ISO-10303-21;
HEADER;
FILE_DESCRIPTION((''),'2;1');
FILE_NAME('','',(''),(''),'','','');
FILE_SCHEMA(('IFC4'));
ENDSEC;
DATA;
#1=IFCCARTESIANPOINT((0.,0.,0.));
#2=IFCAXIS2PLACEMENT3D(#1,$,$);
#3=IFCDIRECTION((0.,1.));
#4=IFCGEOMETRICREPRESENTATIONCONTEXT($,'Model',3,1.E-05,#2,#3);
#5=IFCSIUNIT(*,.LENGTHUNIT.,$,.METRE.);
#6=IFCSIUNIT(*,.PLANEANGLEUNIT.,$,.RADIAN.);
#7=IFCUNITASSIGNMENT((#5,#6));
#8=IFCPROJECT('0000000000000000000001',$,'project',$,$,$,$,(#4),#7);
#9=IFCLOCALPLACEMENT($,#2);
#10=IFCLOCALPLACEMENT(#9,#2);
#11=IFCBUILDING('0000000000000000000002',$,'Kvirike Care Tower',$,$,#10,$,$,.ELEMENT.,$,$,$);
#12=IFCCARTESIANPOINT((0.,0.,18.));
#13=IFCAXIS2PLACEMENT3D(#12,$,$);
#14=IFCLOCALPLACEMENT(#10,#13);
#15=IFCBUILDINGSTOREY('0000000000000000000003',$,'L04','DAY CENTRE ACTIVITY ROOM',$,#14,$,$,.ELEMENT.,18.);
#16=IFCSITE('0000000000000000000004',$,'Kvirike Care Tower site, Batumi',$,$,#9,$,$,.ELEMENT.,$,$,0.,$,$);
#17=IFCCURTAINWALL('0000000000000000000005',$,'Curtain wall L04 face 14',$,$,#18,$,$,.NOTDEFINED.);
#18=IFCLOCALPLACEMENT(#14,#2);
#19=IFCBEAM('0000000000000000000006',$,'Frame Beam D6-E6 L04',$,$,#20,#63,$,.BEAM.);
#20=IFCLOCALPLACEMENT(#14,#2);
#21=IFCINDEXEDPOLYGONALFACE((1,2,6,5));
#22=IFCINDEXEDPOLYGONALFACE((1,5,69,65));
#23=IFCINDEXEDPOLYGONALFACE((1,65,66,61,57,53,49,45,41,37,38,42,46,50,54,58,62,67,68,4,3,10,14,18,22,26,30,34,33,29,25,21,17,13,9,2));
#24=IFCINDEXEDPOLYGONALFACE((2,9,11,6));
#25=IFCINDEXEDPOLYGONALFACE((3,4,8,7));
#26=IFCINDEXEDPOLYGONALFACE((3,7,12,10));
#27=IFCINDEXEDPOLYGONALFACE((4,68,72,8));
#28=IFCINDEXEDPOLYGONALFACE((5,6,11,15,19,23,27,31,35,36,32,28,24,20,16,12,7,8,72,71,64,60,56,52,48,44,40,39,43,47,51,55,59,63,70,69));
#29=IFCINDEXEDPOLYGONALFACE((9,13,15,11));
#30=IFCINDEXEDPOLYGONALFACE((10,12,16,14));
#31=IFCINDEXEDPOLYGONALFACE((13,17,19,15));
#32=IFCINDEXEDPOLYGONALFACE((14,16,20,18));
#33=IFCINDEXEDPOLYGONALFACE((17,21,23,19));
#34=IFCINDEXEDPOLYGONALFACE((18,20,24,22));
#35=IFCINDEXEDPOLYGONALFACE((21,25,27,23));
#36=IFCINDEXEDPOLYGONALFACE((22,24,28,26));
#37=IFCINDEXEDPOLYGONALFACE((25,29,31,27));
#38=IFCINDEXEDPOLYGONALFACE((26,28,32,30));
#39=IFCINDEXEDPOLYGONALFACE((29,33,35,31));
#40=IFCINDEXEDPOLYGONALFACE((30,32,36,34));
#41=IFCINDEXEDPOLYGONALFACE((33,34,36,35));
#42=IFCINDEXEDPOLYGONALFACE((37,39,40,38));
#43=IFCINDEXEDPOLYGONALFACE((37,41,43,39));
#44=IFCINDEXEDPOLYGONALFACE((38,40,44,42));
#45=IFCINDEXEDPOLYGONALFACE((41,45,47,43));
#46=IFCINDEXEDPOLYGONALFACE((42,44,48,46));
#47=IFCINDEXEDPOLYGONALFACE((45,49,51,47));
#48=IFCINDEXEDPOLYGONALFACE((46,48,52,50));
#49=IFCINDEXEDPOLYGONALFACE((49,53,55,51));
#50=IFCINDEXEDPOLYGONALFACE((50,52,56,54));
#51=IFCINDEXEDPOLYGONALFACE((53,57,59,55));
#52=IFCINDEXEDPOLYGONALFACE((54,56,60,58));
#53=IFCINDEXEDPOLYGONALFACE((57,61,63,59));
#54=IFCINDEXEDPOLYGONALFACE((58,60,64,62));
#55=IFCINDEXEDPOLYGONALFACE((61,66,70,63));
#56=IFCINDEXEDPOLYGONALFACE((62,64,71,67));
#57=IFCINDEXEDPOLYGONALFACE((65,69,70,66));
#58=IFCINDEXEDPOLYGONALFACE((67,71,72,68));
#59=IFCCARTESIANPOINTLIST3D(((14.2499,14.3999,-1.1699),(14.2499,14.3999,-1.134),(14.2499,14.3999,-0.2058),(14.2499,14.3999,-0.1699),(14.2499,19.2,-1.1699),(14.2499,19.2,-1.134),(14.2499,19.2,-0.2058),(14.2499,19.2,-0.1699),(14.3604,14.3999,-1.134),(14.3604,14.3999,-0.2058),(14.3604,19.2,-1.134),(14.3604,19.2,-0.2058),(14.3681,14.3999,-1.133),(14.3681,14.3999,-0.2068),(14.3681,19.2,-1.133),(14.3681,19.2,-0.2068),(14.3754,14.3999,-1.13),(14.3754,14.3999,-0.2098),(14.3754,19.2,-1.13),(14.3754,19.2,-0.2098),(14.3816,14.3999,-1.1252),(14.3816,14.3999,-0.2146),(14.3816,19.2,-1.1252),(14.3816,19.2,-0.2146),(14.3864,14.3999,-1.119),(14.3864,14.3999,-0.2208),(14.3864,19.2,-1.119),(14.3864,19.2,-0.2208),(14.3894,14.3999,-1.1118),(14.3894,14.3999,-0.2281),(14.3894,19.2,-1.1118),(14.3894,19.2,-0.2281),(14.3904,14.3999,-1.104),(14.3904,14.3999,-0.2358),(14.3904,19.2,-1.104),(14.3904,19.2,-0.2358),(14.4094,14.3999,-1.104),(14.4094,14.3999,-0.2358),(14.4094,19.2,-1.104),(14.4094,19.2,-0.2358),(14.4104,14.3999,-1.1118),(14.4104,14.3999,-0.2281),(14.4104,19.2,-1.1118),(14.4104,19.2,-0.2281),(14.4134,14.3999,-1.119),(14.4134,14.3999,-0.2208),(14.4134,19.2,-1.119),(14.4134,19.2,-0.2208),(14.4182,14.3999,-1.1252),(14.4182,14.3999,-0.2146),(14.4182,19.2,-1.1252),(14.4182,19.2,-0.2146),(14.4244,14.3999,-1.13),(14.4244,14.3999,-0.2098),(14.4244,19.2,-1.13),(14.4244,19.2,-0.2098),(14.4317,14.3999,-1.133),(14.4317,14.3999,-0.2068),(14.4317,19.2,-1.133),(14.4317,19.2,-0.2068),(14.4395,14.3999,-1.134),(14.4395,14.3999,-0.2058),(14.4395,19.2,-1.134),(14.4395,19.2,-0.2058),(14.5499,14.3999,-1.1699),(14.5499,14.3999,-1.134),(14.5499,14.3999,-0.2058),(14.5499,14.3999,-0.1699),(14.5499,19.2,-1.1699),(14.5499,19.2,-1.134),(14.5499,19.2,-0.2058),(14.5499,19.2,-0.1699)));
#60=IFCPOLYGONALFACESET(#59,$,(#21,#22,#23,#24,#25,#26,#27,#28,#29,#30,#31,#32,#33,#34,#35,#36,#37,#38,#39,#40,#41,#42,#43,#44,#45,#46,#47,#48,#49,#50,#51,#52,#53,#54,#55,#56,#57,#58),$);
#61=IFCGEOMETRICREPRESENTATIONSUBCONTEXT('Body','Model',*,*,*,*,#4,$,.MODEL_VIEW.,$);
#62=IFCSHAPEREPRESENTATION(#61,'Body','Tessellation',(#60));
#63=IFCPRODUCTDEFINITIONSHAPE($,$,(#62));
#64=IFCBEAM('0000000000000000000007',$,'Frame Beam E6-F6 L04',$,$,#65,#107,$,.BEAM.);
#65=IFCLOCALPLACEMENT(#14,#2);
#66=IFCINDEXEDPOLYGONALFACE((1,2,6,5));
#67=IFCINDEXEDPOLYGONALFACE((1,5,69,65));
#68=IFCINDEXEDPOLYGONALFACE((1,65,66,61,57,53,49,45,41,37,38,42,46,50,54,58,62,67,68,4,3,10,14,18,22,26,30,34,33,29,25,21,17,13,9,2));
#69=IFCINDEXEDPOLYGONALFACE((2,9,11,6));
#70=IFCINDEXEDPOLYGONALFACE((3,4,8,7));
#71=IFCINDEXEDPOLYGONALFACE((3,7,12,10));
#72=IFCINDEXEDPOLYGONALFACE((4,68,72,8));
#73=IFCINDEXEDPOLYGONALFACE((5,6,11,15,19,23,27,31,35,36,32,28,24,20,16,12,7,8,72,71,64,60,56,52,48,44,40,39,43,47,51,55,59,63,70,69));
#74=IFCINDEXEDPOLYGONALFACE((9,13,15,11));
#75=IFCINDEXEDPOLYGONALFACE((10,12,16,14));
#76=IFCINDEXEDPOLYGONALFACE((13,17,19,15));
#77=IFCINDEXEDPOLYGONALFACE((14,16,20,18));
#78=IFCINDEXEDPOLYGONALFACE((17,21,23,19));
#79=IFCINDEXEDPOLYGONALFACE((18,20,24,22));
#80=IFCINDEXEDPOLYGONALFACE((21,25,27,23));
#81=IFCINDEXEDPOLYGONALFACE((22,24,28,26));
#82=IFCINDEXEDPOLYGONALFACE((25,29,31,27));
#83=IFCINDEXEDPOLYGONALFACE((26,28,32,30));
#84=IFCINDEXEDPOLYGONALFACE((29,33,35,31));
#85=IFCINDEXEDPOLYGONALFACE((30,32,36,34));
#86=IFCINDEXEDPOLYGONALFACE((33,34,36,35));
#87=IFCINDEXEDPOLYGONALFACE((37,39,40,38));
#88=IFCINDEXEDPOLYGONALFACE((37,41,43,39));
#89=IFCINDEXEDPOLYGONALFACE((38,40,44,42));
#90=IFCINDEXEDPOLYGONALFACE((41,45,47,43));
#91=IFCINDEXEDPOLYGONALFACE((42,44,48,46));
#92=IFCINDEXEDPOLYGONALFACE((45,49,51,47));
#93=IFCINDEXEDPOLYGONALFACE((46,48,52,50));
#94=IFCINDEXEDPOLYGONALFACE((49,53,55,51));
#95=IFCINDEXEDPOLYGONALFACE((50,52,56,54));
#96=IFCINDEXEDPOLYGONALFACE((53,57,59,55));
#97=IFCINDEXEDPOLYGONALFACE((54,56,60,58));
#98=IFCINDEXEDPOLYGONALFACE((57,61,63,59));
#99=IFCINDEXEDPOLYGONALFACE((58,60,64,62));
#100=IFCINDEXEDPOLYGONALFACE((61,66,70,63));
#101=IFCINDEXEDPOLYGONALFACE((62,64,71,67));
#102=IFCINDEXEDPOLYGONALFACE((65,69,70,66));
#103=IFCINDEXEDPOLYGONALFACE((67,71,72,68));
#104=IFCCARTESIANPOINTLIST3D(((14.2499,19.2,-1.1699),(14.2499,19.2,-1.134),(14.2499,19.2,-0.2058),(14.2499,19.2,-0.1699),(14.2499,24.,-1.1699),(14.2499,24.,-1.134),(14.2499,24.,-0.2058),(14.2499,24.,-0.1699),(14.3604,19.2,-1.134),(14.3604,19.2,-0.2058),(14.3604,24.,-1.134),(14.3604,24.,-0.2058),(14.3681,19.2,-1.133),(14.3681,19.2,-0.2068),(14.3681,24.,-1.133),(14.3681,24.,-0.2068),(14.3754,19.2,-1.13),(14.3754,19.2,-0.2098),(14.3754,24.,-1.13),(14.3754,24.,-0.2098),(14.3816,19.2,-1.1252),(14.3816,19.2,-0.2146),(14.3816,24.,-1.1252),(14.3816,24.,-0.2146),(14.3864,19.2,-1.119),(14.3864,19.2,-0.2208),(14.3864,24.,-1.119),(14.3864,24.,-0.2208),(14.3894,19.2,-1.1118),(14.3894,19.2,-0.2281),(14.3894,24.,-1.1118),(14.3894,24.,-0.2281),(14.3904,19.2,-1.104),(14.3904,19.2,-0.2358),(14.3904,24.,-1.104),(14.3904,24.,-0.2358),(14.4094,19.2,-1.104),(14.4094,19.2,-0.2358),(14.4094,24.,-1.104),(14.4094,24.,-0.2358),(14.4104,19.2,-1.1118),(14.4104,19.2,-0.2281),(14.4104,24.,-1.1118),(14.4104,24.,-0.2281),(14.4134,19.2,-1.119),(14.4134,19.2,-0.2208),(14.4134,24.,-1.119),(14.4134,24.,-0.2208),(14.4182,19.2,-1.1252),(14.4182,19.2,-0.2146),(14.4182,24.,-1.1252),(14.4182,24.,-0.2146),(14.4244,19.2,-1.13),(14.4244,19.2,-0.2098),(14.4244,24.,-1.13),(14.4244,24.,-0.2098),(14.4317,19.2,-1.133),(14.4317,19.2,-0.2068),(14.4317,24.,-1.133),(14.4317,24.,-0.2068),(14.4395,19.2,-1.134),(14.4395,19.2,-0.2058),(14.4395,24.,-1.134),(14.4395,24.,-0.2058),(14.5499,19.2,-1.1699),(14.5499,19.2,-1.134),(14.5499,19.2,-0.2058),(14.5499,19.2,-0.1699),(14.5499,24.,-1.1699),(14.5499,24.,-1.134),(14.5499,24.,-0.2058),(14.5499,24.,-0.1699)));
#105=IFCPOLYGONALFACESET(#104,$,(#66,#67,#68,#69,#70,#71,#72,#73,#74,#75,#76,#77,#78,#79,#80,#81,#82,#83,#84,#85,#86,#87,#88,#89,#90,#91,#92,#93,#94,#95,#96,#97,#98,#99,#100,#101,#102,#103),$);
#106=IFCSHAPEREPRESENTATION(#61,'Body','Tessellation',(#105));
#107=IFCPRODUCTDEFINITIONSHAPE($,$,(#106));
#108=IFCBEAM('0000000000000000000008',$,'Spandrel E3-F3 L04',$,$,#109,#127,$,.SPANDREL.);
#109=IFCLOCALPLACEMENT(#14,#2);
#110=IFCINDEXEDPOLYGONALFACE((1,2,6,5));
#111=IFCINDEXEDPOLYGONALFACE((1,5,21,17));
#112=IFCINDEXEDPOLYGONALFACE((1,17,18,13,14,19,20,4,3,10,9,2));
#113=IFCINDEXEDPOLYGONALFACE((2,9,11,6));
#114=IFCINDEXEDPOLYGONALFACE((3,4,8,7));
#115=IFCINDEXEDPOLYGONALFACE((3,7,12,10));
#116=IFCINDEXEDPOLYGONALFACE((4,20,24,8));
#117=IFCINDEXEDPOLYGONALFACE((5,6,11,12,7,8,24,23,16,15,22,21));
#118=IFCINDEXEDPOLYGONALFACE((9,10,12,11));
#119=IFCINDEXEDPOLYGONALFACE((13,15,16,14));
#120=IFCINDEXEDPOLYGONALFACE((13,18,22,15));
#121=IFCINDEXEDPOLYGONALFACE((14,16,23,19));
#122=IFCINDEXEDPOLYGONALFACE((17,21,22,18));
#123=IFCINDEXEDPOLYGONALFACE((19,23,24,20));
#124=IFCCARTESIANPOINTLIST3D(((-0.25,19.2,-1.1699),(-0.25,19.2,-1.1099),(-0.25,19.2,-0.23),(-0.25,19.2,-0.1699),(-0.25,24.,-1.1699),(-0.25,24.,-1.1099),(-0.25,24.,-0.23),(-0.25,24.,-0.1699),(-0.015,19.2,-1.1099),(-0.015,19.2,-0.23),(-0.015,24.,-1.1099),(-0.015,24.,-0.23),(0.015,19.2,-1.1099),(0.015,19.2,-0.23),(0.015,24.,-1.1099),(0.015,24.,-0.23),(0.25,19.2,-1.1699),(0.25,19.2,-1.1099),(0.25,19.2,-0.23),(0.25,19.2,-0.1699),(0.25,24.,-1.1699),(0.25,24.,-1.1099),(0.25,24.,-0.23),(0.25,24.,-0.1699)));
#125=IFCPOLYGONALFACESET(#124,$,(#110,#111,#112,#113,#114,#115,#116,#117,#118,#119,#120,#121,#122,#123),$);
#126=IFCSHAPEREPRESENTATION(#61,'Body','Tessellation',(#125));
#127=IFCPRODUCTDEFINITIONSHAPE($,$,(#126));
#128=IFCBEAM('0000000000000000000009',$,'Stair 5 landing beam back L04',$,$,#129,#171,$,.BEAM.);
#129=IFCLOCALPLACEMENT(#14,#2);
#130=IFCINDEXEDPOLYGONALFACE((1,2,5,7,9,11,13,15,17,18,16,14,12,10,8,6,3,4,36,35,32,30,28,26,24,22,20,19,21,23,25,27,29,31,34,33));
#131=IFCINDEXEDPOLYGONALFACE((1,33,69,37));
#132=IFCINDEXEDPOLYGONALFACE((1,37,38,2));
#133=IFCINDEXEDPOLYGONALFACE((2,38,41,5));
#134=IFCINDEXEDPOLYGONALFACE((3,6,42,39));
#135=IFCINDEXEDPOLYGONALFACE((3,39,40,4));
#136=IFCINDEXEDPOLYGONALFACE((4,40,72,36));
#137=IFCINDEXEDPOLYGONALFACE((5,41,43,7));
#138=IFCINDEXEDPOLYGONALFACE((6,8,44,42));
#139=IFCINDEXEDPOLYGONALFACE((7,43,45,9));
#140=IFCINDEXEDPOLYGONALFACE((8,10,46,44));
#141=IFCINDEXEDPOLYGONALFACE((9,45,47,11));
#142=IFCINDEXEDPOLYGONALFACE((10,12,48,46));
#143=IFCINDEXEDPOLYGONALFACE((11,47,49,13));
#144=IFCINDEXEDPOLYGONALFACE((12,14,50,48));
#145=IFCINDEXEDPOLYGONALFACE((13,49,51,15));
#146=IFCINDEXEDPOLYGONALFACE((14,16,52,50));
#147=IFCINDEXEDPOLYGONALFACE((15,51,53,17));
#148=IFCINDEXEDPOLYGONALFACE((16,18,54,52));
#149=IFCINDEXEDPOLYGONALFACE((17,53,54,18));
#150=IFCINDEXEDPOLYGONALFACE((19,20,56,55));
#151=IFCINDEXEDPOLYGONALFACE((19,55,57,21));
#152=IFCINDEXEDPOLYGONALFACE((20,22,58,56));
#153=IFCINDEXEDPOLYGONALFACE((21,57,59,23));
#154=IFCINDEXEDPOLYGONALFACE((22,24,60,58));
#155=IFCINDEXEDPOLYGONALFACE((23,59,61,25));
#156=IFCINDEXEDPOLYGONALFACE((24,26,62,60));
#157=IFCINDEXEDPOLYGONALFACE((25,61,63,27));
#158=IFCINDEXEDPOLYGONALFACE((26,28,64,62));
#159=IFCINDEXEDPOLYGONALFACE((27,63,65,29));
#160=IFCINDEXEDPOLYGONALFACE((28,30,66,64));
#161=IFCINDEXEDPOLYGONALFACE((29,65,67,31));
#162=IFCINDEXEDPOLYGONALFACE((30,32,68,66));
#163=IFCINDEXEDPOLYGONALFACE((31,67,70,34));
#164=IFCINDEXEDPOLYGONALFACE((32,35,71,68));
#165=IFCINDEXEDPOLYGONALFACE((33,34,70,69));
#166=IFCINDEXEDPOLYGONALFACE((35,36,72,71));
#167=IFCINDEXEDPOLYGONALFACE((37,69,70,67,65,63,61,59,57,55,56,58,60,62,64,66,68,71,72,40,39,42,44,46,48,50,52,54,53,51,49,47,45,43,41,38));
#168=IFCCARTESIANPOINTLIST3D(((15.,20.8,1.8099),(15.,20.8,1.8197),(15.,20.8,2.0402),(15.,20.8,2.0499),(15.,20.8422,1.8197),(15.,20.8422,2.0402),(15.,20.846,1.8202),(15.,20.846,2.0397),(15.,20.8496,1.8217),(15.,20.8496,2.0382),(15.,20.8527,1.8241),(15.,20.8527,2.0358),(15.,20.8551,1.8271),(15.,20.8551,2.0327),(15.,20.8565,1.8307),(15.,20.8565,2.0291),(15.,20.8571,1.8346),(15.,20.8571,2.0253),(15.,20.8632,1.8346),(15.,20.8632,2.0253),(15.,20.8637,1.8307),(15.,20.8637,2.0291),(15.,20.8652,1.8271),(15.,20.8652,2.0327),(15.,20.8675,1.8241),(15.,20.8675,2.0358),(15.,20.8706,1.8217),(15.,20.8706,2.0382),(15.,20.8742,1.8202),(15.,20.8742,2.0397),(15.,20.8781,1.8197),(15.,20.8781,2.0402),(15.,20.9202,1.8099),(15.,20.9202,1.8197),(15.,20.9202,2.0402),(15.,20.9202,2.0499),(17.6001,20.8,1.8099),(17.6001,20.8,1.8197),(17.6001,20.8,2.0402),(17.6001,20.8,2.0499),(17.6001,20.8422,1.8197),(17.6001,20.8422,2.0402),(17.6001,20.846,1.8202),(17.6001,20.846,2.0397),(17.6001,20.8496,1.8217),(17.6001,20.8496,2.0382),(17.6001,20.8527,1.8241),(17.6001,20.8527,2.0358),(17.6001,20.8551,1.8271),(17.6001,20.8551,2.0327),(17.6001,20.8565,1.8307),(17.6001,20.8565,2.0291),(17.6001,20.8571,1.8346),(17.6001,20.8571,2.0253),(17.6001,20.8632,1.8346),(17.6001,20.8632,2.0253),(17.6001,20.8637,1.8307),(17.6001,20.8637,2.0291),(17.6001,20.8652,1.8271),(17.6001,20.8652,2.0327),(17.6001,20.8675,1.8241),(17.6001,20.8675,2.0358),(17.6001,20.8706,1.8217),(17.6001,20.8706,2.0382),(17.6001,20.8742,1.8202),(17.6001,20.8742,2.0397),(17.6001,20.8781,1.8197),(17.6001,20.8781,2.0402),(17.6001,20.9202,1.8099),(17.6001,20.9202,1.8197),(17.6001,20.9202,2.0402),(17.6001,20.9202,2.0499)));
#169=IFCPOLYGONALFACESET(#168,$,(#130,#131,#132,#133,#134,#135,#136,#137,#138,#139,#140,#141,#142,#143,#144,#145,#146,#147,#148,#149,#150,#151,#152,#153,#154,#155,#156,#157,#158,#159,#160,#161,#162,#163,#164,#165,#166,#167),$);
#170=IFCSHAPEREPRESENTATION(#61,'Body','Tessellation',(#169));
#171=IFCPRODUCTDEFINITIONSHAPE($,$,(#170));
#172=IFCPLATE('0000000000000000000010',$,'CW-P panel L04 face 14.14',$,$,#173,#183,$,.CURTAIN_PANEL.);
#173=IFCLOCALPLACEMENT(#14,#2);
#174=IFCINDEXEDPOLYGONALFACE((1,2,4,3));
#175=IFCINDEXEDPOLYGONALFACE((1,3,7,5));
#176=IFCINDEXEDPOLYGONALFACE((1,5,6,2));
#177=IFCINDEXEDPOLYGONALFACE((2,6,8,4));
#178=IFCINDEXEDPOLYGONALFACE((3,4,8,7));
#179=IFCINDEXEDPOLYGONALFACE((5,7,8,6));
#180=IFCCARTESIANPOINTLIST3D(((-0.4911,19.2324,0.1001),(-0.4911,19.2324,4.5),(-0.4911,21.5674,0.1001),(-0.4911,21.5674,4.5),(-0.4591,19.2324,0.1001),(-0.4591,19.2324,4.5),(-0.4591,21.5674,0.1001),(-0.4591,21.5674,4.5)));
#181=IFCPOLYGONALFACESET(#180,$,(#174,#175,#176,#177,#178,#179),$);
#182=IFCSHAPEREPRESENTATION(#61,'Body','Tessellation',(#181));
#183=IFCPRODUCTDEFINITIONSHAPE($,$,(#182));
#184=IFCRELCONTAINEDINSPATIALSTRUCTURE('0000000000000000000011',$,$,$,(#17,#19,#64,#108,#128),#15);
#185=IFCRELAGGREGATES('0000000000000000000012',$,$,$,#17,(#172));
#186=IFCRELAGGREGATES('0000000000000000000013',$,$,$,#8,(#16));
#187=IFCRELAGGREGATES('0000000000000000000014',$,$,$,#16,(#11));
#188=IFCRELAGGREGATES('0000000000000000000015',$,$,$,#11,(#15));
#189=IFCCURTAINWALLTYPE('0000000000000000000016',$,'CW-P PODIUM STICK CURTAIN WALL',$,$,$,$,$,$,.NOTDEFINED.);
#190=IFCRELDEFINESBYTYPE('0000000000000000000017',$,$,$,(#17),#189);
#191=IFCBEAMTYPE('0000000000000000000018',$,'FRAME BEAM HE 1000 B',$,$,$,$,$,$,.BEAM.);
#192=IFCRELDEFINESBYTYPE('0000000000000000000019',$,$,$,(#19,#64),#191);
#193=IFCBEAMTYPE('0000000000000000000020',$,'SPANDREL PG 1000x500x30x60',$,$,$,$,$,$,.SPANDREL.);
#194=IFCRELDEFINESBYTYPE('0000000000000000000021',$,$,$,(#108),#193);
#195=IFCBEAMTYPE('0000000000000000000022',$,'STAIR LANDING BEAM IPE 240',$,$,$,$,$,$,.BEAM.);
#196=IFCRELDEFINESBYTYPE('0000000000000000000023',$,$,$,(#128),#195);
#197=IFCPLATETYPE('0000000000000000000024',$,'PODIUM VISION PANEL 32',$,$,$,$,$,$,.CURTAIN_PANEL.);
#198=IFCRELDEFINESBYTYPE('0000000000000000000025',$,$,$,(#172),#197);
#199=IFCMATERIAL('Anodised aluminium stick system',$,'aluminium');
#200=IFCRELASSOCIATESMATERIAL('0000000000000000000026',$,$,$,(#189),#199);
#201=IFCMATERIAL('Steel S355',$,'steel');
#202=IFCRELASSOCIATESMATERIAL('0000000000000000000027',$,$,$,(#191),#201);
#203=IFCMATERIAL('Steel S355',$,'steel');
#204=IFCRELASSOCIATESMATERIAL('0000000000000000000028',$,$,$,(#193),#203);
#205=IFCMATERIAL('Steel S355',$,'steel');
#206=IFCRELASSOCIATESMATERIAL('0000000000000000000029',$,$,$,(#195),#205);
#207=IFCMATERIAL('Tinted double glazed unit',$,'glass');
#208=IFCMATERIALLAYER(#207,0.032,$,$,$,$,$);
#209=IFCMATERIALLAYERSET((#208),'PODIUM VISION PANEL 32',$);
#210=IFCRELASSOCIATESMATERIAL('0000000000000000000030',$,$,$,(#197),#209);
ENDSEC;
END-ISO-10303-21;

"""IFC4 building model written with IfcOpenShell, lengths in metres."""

from ifc_helpers import new_model, si_unit, direction, frame, origin, origin_2d, place, context, subcontext, project, spatial, rectangle, i_section, extrude, material, layer, layer_set, material_profile, profile_set, type_object, element, aggregate, save


model = new_model("IFC4")

# Units and contexts
model_context = context("Model", 3, precision=1e-05, world=origin(), true_north=direction((0.0, 1.0)))
body_context = subcontext(model_context, "Body", "Model", "MODEL_VIEW")
ifc_project = project(units=[si_unit("LENGTHUNIT", "METRE"), si_unit("PLANEANGLEUNIT", "RADIAN")], contexts=[model_context])

# Site, building, storey
site_placement = place(None, origin())
site = spatial("IfcSite", under=ifc_project, at=site_placement, Name="Kvirike Care Tower site, Batumi", CompositionType="ELEMENT", RefElevation=0.0)
building_placement = place(site_placement, origin())
building = spatial("IfcBuilding", under=site, at=building_placement, Name="Kvirike Care Tower", CompositionType="ELEMENT")
storey_placement = place(building_placement, frame((0.0, 0.0, 18.0)))
storey = spatial("IfcBuildingStorey", under=building, at=storey_placement, Name="L04", Description="DAY CENTRE ACTIVITY ROOM", CompositionType="ELEMENT", Elevation=18.0)

# Curtain wall
ifc_material_1 = material(Name="Anodised aluminium stick system", Category="aluminium")
curtain_wall_type = type_object("IfcCurtainWallType", Name="CW-P PODIUM STICK CURTAIN WALL", PredefinedType="NOTDEFINED", material=ifc_material_1)
curtain_wall_placement = place(storey_placement, origin())
curtain_wall = element("IfcCurtainWall", 1, at=curtain_wall_placement, inside=storey, type_object=curtain_wall_type, Name="Curtain wall L04 face 14", PredefinedType="NOTDEFINED")

# Beams
ifc_material_2 = material(Name="Steel S355", Category="steel")
ifc_material_profile_1 = material_profile(ifc_material_2, i_section(OverallWidth=0.3, OverallDepth=1.0, WebThickness=0.019, FlangeThickness=0.0359, FilletRadius=0.03, at=origin_2d()), Name="HE 1000 B")
ifc_profile_set_1 = profile_set([ifc_material_profile_1], Name="Steel S355")
beam_type_1 = type_object("IfcBeamType", Name="FRAME BEAM HE 1000 B", PredefinedType="BEAM", material=ifc_profile_set_1)
for number, where, z_axis, x_axis, name in (
    (2, (14.3999, 14.3999, -0.6699), (0.0, 1.0, 0.0), (-1.0, 0.0, 0.0), "Frame Beam D6-E6 L04"),
    (3, (14.3999, 19.2, -0.6699), (0.0, 1.0, 0.0), (-1.0, 0.0, 0.0), "Frame Beam E6-F6 L04"),
):
    element("IfcBeam", number, at=place(storey_placement, frame(where, z_axis=z_axis, x_axis=x_axis)), inside=storey, type_object=beam_type_1, Name=name, PredefinedType="BEAM", context=body_context, shape_type="SweptSolid", body=[
        extrude(i_section(OverallWidth=0.3, OverallDepth=1.0, WebThickness=0.019, FlangeThickness=0.0359, FilletRadius=0.03, at=origin_2d()), origin(), (0.0, 0.0, 1.0), 4.8),
    ])
ifc_material_3 = material(Name="Steel S355", Category="steel")
ifc_material_profile_2 = material_profile(ifc_material_3, i_section(OverallWidth=0.5, OverallDepth=1.0, WebThickness=0.03, FlangeThickness=0.0601, at=origin_2d()), Name="PG 1000x500x30x60")
ifc_profile_set_2 = profile_set([ifc_material_profile_2], Name="Steel S355")
beam_type_2 = type_object("IfcBeamType", Name="SPANDREL PG 1000x500x30x60", PredefinedType="SPANDREL", material=ifc_profile_set_2)
beam_1_placement = place(storey_placement, frame((0.0, 19.2, -0.6699), z_axis=(0.0, 1.0, 0.0), x_axis=(-1.0, 0.0, 0.0)))
element("IfcBeam", 4, at=beam_1_placement, inside=storey, type_object=beam_type_2, Name="Spandrel E3-F3 L04", PredefinedType="SPANDREL", context=body_context, shape_type="SweptSolid", body=[
    extrude(i_section(OverallWidth=0.5, OverallDepth=1.0, WebThickness=0.03, FlangeThickness=0.0601, at=origin_2d()), origin(), (0.0, 0.0, 1.0), 4.8),
])
ifc_material_4 = material(Name="Steel S355", Category="steel")
ifc_material_profile_3 = material_profile(ifc_material_4, i_section(OverallWidth=0.1201, OverallDepth=0.24, WebThickness=0.0061, FlangeThickness=0.0098, FilletRadius=0.0149, at=origin_2d()), Name="IPE 240")
ifc_profile_set_3 = profile_set([ifc_material_profile_3], Name="Steel S355")
beam_type_3 = type_object("IfcBeamType", Name="STAIR LANDING BEAM IPE 240", PredefinedType="BEAM", material=ifc_profile_set_3)
beam_2_placement = place(storey_placement, frame((15.0, 20.8601, 1.9299), z_axis=(1.0, 0.0, 0.0), x_axis=(0.0, 1.0, 0.0)))
element("IfcBeam", 5, at=beam_2_placement, inside=storey, type_object=beam_type_3, Name="Stair 5 landing beam back L04", PredefinedType="BEAM", context=body_context, shape_type="SweptSolid", body=[
    extrude(i_section(OverallWidth=0.1201, OverallDepth=0.24, WebThickness=0.0061, FlangeThickness=0.0098, FilletRadius=0.0149, at=origin_2d()), origin(), (0.0, 0.0, 1.0), 2.6001),
])

# Plate
ifc_material_5 = material(Name="Tinted double glazed unit", Category="glass")
ifc_layer_1 = layer(ifc_material_5, 0.032)
ifc_layer_set_1 = layer_set([ifc_layer_1], Name="PODIUM VISION PANEL 32")
plate_type = type_object("IfcPlateType", Name="PODIUM VISION PANEL 32", PredefinedType="CURTAIN_PANEL", material=ifc_layer_set_1)
plate_placement = place(storey_placement, frame((-0.4751, 20.3999, 0.1001), z_axis=(0.0, 0.0, 1.0), x_axis=(0.0, -1.0, 0.0)))
plate = element("IfcPlate", 6, at=plate_placement, type_object=plate_type, Name="CW-P panel L04 face 14.14", PredefinedType="CURTAIN_PANEL", context=body_context, shape_type="SweptSolid", body=[
    extrude(rectangle(XDim=2.335, YDim=0.032, at=origin_2d()), origin(), (0.0, 0.0, 1.0), 4.3999),
])
aggregate(curtain_wall, [plate])

save(model, "model.ifc")
